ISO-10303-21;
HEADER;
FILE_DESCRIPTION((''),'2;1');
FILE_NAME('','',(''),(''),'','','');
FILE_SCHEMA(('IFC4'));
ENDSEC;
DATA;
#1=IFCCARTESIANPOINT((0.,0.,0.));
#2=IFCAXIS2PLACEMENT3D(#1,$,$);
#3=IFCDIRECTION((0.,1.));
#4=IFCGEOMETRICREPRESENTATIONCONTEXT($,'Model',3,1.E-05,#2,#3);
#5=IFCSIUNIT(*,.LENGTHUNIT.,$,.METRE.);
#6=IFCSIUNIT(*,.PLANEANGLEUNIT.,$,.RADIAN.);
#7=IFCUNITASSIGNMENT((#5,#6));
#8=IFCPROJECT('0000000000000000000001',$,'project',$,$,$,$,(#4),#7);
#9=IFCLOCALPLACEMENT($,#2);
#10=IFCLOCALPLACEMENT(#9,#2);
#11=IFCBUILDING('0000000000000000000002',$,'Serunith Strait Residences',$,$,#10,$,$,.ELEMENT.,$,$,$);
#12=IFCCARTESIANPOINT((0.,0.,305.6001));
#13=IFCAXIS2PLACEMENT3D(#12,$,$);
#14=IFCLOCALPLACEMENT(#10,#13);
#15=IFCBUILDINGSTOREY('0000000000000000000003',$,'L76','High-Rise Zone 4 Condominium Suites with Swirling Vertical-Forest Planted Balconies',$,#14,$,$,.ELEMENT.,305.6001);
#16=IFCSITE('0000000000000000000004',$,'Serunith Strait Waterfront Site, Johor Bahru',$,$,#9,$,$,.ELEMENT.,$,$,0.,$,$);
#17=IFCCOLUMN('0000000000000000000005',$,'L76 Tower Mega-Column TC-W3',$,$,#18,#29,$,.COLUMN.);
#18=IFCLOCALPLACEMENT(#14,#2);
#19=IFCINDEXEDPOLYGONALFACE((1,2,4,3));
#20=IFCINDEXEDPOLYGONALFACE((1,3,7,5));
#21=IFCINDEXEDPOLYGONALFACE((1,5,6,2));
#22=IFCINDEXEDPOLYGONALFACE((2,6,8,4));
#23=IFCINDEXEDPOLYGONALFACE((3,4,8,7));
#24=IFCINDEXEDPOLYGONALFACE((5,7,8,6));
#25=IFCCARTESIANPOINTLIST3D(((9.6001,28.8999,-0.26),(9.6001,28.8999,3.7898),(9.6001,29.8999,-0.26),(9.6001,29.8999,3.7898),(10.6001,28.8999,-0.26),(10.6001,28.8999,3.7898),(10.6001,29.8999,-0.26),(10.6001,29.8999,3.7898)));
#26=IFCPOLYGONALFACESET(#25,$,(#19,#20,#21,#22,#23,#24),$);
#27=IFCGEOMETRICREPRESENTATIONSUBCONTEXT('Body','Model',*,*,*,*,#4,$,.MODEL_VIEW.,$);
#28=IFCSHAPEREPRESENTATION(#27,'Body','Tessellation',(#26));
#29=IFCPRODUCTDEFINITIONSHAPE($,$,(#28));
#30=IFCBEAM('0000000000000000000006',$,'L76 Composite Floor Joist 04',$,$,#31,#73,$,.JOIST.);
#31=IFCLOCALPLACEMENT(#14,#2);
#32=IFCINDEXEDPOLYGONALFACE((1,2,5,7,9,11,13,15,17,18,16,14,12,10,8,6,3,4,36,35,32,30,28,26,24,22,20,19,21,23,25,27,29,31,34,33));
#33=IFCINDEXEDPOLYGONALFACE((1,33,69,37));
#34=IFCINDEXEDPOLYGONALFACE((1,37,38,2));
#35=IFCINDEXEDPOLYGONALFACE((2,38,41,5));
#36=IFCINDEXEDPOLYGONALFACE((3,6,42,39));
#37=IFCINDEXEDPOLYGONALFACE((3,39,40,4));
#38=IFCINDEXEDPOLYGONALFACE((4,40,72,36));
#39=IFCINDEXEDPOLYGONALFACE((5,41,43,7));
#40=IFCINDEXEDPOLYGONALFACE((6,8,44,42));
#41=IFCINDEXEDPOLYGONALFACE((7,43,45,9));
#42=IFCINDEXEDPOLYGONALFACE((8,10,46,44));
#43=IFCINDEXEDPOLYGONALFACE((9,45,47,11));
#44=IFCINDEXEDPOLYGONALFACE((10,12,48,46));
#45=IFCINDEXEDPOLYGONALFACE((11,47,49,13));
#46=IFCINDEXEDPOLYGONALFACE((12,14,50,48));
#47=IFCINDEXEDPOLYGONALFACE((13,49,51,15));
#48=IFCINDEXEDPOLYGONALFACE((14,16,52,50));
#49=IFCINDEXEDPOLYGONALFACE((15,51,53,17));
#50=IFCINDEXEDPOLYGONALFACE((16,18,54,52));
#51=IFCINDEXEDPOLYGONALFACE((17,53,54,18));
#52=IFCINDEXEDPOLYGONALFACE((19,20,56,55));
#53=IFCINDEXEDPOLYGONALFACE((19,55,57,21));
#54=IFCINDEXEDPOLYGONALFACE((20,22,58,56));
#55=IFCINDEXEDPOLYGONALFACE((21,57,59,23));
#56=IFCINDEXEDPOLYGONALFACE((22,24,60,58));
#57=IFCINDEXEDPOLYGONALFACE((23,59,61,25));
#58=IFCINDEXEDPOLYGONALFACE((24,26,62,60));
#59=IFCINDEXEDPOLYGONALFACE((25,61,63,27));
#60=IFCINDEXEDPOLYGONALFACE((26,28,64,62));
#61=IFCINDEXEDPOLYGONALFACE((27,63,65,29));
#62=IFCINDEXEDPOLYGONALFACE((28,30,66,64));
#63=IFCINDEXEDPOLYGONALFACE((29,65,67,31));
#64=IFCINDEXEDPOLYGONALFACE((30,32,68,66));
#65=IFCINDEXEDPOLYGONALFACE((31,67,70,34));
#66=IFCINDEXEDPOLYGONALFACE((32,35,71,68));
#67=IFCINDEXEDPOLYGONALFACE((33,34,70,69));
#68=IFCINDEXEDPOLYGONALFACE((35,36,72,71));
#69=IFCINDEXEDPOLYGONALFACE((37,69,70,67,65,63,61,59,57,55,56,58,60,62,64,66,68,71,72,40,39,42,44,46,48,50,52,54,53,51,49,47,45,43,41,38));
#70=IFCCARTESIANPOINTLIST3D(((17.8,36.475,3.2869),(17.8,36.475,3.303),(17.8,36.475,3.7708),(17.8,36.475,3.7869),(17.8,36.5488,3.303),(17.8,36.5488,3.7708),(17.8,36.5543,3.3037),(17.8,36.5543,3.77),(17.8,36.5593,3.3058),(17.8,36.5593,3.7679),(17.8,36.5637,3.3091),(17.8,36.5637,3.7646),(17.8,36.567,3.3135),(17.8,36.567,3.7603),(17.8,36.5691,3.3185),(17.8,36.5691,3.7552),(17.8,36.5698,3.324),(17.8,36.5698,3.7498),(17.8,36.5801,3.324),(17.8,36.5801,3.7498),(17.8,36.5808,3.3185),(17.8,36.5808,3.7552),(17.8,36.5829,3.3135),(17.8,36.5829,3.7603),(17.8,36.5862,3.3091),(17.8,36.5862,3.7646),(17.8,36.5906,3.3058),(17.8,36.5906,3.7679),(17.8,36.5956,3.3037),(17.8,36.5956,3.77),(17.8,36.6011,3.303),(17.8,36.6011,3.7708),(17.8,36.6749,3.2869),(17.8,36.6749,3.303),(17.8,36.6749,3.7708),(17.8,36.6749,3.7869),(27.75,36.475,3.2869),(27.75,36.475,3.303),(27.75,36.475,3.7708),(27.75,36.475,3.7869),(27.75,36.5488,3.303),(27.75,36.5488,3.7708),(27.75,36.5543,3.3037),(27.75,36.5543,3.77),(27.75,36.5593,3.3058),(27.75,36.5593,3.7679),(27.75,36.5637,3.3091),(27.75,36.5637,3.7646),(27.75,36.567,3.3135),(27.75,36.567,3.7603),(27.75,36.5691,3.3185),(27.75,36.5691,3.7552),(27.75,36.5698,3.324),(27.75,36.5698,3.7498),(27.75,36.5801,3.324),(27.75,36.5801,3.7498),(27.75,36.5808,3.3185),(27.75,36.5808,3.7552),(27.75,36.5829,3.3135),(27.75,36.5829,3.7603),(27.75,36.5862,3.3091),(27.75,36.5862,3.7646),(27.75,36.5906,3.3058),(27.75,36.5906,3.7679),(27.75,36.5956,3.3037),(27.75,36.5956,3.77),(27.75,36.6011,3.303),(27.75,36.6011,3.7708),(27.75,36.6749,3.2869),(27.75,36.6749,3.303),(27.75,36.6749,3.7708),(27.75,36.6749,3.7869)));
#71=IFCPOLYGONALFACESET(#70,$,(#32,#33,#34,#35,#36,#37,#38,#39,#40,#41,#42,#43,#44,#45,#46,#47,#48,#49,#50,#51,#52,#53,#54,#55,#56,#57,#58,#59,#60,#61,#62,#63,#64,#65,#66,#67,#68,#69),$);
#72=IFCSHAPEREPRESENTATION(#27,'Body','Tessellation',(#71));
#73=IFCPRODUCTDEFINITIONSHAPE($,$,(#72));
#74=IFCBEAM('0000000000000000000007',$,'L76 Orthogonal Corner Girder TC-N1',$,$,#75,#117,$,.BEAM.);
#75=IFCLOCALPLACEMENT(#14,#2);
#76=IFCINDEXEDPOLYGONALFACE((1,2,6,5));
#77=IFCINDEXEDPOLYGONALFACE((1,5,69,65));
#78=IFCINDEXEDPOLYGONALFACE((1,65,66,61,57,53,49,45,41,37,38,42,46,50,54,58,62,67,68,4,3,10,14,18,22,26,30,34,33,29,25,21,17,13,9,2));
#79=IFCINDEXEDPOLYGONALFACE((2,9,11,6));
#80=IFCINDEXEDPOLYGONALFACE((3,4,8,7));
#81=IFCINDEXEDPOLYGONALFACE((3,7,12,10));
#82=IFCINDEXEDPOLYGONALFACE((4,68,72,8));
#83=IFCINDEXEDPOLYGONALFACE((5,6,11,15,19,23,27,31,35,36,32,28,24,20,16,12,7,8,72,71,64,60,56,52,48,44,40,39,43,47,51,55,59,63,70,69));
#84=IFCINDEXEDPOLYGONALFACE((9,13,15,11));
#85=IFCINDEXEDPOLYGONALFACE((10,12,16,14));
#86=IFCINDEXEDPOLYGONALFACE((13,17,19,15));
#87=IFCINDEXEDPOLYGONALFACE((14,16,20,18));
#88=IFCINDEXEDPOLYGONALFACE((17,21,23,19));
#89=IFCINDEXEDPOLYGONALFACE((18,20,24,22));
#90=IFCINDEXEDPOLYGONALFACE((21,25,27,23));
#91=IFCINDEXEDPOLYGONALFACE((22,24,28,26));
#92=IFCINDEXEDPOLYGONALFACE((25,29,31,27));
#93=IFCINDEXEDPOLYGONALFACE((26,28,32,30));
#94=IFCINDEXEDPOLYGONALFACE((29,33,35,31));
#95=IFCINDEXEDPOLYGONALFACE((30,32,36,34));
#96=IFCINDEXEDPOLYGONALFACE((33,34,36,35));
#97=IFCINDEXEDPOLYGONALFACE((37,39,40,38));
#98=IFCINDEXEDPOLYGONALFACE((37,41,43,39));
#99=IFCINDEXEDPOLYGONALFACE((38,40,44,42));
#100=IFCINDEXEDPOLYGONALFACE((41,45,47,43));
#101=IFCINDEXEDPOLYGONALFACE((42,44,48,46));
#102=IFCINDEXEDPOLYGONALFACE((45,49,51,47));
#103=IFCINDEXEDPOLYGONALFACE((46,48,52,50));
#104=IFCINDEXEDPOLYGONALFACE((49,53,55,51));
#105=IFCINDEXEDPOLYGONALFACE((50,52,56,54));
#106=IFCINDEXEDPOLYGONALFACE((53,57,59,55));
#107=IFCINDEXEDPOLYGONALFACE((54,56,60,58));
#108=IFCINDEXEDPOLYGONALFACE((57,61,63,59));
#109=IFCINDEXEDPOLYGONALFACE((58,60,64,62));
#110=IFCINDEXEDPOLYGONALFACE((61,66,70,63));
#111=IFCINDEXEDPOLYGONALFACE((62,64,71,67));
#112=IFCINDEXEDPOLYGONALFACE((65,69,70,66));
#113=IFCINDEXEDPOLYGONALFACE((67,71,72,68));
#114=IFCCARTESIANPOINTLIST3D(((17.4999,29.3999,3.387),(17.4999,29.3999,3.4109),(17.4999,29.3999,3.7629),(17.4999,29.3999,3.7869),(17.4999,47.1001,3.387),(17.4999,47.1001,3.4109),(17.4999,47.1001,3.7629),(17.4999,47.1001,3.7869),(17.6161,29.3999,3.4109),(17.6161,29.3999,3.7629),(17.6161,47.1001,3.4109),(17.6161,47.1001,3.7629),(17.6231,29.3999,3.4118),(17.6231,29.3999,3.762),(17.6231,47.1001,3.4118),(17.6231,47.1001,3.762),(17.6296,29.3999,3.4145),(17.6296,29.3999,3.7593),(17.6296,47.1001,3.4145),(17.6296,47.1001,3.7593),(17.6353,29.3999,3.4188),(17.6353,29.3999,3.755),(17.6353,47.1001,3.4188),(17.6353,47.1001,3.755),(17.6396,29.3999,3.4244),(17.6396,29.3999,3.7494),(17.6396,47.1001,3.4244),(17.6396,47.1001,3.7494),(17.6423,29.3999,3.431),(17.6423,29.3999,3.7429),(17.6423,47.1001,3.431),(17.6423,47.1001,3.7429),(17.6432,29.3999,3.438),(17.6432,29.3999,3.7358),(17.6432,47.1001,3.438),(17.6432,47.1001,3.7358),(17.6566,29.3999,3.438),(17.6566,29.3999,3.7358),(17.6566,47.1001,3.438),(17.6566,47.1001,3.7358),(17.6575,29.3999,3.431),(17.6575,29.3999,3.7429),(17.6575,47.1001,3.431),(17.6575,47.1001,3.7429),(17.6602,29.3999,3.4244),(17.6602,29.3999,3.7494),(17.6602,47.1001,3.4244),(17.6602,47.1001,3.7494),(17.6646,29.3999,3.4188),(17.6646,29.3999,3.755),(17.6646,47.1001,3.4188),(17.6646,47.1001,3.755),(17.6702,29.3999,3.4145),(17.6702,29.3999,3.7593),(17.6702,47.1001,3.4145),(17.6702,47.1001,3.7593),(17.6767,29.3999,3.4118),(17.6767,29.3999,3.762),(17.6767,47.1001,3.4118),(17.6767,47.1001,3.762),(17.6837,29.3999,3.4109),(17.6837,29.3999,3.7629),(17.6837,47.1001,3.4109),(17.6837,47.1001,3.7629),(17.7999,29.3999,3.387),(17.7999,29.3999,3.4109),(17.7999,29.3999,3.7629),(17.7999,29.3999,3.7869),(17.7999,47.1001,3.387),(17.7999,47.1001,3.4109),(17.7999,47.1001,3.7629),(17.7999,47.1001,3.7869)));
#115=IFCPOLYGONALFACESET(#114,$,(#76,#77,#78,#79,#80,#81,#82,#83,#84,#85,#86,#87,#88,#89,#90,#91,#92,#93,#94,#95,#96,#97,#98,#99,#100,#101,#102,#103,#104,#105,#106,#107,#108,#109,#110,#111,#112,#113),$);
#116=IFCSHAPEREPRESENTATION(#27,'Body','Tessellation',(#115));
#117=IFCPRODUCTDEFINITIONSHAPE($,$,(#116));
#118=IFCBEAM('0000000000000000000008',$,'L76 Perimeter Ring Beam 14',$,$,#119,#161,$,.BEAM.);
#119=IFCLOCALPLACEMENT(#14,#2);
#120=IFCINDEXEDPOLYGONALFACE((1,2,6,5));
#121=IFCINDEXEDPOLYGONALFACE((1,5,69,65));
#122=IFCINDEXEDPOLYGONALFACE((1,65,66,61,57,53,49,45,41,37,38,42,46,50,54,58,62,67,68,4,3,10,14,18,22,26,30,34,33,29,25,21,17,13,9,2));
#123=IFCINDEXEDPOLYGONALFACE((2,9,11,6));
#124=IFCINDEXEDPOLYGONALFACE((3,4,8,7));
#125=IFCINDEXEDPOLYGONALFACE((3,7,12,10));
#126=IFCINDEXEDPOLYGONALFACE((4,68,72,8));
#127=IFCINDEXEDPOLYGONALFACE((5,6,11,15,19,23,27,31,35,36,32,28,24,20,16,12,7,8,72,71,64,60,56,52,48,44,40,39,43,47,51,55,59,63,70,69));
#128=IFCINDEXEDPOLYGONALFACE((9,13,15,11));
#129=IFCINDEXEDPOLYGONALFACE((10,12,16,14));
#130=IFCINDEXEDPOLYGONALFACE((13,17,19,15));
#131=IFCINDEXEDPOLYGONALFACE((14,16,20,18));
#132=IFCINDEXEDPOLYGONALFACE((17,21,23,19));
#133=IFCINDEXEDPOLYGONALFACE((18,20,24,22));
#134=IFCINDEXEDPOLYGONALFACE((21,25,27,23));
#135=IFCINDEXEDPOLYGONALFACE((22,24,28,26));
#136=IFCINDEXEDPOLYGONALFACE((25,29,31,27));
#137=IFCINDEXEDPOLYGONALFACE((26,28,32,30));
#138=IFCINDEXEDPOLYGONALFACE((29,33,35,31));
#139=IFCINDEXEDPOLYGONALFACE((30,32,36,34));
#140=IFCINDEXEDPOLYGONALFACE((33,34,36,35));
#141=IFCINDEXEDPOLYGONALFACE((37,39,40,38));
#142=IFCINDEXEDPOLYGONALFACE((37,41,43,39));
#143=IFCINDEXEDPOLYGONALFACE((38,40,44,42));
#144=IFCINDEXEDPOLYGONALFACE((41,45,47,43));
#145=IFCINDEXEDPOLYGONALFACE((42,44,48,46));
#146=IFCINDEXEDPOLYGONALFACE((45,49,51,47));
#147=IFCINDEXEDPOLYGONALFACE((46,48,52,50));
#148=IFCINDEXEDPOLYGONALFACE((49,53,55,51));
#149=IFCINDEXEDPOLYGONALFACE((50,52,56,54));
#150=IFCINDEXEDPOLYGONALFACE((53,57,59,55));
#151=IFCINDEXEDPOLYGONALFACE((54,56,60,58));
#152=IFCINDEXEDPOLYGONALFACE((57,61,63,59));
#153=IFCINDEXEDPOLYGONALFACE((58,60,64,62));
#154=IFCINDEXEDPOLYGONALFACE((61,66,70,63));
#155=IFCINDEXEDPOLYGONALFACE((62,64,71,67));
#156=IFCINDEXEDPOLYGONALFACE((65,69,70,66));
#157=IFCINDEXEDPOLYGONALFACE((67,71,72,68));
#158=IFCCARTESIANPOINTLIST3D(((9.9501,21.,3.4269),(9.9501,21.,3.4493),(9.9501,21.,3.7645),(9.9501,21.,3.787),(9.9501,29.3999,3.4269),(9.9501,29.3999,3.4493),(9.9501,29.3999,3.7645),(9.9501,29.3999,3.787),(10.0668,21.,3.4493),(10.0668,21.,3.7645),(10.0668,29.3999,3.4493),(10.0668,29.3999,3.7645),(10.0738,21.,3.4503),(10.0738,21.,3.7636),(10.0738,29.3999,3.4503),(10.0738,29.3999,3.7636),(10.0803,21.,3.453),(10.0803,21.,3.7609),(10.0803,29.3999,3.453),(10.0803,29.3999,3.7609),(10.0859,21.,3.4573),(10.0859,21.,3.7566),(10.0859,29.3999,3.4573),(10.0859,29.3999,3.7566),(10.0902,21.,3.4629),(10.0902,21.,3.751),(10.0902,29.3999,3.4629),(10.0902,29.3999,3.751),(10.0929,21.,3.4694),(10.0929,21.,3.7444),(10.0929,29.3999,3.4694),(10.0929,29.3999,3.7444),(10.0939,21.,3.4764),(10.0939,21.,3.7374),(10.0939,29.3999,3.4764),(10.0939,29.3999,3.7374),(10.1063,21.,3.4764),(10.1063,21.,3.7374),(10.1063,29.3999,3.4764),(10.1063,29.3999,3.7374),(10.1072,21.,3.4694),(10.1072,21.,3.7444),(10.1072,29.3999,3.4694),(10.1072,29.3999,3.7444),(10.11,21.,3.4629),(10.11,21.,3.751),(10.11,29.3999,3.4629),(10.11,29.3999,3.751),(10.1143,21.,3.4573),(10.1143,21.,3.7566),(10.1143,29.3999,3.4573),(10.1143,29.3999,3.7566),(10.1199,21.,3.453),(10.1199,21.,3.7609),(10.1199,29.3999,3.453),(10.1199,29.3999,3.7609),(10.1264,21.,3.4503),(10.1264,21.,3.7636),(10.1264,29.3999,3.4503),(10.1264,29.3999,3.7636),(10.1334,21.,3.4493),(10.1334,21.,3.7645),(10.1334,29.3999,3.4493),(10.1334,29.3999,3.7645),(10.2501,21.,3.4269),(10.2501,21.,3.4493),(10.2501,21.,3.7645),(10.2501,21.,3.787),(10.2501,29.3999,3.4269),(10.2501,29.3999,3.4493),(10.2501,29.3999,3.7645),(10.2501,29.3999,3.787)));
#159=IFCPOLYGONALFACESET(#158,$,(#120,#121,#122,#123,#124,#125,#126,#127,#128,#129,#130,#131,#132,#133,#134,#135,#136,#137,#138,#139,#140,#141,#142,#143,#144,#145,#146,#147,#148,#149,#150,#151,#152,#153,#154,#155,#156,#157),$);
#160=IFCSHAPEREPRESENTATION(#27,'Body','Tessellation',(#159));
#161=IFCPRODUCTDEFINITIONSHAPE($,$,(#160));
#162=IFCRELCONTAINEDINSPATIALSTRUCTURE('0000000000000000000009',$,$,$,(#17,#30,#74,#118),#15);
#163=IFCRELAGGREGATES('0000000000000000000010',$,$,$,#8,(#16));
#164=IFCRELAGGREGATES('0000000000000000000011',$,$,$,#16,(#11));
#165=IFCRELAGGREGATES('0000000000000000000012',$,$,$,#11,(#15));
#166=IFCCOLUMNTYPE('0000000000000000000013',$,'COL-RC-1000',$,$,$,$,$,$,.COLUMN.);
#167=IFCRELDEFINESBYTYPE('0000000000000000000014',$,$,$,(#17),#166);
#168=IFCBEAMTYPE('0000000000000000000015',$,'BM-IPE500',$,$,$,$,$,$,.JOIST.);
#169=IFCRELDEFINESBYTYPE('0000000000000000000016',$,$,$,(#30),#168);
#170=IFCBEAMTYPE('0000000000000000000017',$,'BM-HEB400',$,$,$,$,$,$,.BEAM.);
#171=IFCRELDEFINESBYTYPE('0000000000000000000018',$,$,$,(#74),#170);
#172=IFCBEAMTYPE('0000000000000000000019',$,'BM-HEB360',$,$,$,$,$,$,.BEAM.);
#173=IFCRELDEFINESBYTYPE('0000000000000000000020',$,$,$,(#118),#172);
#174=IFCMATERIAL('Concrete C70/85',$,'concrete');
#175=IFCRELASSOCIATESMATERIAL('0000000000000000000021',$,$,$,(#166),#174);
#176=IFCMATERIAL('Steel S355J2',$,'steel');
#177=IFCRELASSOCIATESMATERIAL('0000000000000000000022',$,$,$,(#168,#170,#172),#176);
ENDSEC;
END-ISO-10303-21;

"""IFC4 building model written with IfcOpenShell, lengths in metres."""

from ifc_helpers import new_model, si_unit, direction, frame, origin, origin_2d, place, context, subcontext, project, spatial, rectangle, i_section, extrude, source, transform, mapped, material, material_profile, profile_set, type_object, element, save


model = new_model("IFC4")

# Units and contexts
model_context = context("Model", 3, precision=1e-05, world=origin(), true_north=direction((0.0, 1.0)))
body_context = subcontext(model_context, "Body", "Model", "MODEL_VIEW")
ifc_project = project(units=[si_unit("LENGTHUNIT", "METRE"), si_unit("PLANEANGLEUNIT", "RADIAN")], contexts=[model_context])

# Site, building, storey
site_placement = place(None, origin())
site = spatial("IfcSite", under=ifc_project, at=site_placement, Name="Serunith Strait Waterfront Site, Johor Bahru", CompositionType="ELEMENT", RefElevation=0.0)
building_placement = place(site_placement, origin())
building = spatial("IfcBuilding", under=site, at=building_placement, Name="Serunith Strait Residences", CompositionType="ELEMENT")
storey_placement = place(building_placement, frame((0.0, 0.0, 305.6001)))
storey = spatial("IfcBuildingStorey", under=building, at=storey_placement, Name="L76", Description="High-Rise Zone 4 Condominium Suites with Swirling Vertical-Forest Planted Balconies", CompositionType="ELEMENT", Elevation=305.6001)

# Column
ifc_material_1 = material(Name="Concrete C70/85", Category="concrete")
ifc_material_profile_1 = material_profile(ifc_material_1, rectangle(XDim=1.0, YDim=1.0, at=origin_2d()), Name="RC 1000x1000")
ifc_profile_set_1 = profile_set([ifc_material_profile_1], Name="Concrete C70/85")
column_type = type_object("IfcColumnType", Name="COL-RC-1000", PredefinedType="COLUMN", material=ifc_profile_set_1)
shared_shape_1 = source(origin(), body_context, "Body", "SweptSolid", [
    extrude(rectangle(XDim=1.0, YDim=1.0, at=origin_2d()), origin(), (0.0, 0.0, 1.0), 4.0498),
])
column_placement = place(storey_placement, frame((10.1001, 29.3999, -0.26), z_axis=(0.0, 0.0, 1.0), x_axis=(1.0, 0.0, 0.0)))
element("IfcColumn", 1, at=column_placement, inside=storey, type_object=column_type, Name="L76 Tower Mega-Column TC-W3", PredefinedType="COLUMN", context=body_context, shape_type="MappedRepresentation", body=[
    mapped(shared_shape_1, transform((0.0, 0.0, 0.0), scale=1.0)),
])

# Beams
ifc_material_2 = material(Name="Steel S355J2", Category="steel")
ifc_material_profile_2 = material_profile(ifc_material_2, i_section(OverallWidth=0.2, OverallDepth=0.5, WebThickness=0.0103, FlangeThickness=0.0161, FilletRadius=0.021, at=origin_2d()), Name="IPE 500")
ifc_profile_set_2 = profile_set([ifc_material_profile_2], Name="Steel S355J2")
beam_type_1 = type_object("IfcBeamType", Name="BM-IPE500", PredefinedType="JOIST", material=ifc_profile_set_2)
shared_shape_2 = source(origin(), body_context, "Body", "SweptSolid", [
    extrude(i_section(OverallWidth=0.2, OverallDepth=0.5, WebThickness=0.0103, FlangeThickness=0.0161, FilletRadius=0.021, at=origin_2d()), origin(), (0.0, 0.0, 1.0), 9.95),
])
beam_1_placement = place(storey_placement, frame((17.8, 36.575, 3.5369), z_axis=(1.0, 0.0, 0.0), x_axis=(0.0, 1.0, 0.0)))
element("IfcBeam", 2, at=beam_1_placement, inside=storey, type_object=beam_type_1, Name="L76 Composite Floor Joist 04", PredefinedType="JOIST", context=body_context, shape_type="MappedRepresentation", body=[
    mapped(shared_shape_2, transform((0.0, 0.0, 0.0), scale=1.0)),
])
ifc_material_profile_3 = material_profile(ifc_material_2, i_section(OverallWidth=0.3, OverallDepth=0.3999, WebThickness=0.0134, FlangeThickness=0.0239, FilletRadius=0.0271, at=origin_2d()), Name="HEB 400")
ifc_profile_set_3 = profile_set([ifc_material_profile_3], Name="Steel S355J2")
beam_type_2 = type_object("IfcBeamType", Name="BM-HEB400", PredefinedType="BEAM", material=ifc_profile_set_3)
shared_shape_3 = source(origin(), body_context, "Body", "SweptSolid", [
    extrude(i_section(OverallWidth=0.3, OverallDepth=0.3999, WebThickness=0.0134, FlangeThickness=0.0239, FilletRadius=0.0271, at=origin_2d()), origin(), (0.0, 0.0, 1.0), 17.7002),
])
beam_2_placement = place(storey_placement, frame((17.6499, 29.3999, 3.5869), z_axis=(0.0, 1.0, 0.0), x_axis=(-1.0, 0.0, 0.0)))
element("IfcBeam", 3, at=beam_2_placement, inside=storey, type_object=beam_type_2, Name="L76 Orthogonal Corner Girder TC-N1", PredefinedType="BEAM", context=body_context, shape_type="MappedRepresentation", body=[
    mapped(shared_shape_3, transform((0.0, 0.0, 0.0), scale=1.0)),
])
ifc_material_profile_4 = material_profile(ifc_material_2, i_section(OverallWidth=0.3, OverallDepth=0.3601, WebThickness=0.0125, FlangeThickness=0.0225, FilletRadius=0.0271, at=origin_2d()), Name="HEB 360")
ifc_profile_set_4 = profile_set([ifc_material_profile_4], Name="Steel S355J2")
beam_type_3 = type_object("IfcBeamType", Name="BM-HEB360", PredefinedType="BEAM", material=ifc_profile_set_4)
shared_shape_4 = source(origin(), body_context, "Body", "SweptSolid", [
    extrude(i_section(OverallWidth=0.3, OverallDepth=0.3601, WebThickness=0.0125, FlangeThickness=0.0225, FilletRadius=0.0271, at=origin_2d()), origin(), (0.0, 0.0, 1.0), 8.3999),
])
beam_3_placement = place(storey_placement, frame((10.1001, 29.3999, 3.6069), z_axis=(0.0, -1.0, 0.0), x_axis=(1.0, 0.0, 0.0)))
element("IfcBeam", 4, at=beam_3_placement, inside=storey, type_object=beam_type_3, Name="L76 Perimeter Ring Beam 14", PredefinedType="BEAM", context=body_context, shape_type="MappedRepresentation", body=[
    mapped(shared_shape_4, transform((0.0, 0.0, 0.0), scale=1.0)),
])

save(model, "model.ifc")
